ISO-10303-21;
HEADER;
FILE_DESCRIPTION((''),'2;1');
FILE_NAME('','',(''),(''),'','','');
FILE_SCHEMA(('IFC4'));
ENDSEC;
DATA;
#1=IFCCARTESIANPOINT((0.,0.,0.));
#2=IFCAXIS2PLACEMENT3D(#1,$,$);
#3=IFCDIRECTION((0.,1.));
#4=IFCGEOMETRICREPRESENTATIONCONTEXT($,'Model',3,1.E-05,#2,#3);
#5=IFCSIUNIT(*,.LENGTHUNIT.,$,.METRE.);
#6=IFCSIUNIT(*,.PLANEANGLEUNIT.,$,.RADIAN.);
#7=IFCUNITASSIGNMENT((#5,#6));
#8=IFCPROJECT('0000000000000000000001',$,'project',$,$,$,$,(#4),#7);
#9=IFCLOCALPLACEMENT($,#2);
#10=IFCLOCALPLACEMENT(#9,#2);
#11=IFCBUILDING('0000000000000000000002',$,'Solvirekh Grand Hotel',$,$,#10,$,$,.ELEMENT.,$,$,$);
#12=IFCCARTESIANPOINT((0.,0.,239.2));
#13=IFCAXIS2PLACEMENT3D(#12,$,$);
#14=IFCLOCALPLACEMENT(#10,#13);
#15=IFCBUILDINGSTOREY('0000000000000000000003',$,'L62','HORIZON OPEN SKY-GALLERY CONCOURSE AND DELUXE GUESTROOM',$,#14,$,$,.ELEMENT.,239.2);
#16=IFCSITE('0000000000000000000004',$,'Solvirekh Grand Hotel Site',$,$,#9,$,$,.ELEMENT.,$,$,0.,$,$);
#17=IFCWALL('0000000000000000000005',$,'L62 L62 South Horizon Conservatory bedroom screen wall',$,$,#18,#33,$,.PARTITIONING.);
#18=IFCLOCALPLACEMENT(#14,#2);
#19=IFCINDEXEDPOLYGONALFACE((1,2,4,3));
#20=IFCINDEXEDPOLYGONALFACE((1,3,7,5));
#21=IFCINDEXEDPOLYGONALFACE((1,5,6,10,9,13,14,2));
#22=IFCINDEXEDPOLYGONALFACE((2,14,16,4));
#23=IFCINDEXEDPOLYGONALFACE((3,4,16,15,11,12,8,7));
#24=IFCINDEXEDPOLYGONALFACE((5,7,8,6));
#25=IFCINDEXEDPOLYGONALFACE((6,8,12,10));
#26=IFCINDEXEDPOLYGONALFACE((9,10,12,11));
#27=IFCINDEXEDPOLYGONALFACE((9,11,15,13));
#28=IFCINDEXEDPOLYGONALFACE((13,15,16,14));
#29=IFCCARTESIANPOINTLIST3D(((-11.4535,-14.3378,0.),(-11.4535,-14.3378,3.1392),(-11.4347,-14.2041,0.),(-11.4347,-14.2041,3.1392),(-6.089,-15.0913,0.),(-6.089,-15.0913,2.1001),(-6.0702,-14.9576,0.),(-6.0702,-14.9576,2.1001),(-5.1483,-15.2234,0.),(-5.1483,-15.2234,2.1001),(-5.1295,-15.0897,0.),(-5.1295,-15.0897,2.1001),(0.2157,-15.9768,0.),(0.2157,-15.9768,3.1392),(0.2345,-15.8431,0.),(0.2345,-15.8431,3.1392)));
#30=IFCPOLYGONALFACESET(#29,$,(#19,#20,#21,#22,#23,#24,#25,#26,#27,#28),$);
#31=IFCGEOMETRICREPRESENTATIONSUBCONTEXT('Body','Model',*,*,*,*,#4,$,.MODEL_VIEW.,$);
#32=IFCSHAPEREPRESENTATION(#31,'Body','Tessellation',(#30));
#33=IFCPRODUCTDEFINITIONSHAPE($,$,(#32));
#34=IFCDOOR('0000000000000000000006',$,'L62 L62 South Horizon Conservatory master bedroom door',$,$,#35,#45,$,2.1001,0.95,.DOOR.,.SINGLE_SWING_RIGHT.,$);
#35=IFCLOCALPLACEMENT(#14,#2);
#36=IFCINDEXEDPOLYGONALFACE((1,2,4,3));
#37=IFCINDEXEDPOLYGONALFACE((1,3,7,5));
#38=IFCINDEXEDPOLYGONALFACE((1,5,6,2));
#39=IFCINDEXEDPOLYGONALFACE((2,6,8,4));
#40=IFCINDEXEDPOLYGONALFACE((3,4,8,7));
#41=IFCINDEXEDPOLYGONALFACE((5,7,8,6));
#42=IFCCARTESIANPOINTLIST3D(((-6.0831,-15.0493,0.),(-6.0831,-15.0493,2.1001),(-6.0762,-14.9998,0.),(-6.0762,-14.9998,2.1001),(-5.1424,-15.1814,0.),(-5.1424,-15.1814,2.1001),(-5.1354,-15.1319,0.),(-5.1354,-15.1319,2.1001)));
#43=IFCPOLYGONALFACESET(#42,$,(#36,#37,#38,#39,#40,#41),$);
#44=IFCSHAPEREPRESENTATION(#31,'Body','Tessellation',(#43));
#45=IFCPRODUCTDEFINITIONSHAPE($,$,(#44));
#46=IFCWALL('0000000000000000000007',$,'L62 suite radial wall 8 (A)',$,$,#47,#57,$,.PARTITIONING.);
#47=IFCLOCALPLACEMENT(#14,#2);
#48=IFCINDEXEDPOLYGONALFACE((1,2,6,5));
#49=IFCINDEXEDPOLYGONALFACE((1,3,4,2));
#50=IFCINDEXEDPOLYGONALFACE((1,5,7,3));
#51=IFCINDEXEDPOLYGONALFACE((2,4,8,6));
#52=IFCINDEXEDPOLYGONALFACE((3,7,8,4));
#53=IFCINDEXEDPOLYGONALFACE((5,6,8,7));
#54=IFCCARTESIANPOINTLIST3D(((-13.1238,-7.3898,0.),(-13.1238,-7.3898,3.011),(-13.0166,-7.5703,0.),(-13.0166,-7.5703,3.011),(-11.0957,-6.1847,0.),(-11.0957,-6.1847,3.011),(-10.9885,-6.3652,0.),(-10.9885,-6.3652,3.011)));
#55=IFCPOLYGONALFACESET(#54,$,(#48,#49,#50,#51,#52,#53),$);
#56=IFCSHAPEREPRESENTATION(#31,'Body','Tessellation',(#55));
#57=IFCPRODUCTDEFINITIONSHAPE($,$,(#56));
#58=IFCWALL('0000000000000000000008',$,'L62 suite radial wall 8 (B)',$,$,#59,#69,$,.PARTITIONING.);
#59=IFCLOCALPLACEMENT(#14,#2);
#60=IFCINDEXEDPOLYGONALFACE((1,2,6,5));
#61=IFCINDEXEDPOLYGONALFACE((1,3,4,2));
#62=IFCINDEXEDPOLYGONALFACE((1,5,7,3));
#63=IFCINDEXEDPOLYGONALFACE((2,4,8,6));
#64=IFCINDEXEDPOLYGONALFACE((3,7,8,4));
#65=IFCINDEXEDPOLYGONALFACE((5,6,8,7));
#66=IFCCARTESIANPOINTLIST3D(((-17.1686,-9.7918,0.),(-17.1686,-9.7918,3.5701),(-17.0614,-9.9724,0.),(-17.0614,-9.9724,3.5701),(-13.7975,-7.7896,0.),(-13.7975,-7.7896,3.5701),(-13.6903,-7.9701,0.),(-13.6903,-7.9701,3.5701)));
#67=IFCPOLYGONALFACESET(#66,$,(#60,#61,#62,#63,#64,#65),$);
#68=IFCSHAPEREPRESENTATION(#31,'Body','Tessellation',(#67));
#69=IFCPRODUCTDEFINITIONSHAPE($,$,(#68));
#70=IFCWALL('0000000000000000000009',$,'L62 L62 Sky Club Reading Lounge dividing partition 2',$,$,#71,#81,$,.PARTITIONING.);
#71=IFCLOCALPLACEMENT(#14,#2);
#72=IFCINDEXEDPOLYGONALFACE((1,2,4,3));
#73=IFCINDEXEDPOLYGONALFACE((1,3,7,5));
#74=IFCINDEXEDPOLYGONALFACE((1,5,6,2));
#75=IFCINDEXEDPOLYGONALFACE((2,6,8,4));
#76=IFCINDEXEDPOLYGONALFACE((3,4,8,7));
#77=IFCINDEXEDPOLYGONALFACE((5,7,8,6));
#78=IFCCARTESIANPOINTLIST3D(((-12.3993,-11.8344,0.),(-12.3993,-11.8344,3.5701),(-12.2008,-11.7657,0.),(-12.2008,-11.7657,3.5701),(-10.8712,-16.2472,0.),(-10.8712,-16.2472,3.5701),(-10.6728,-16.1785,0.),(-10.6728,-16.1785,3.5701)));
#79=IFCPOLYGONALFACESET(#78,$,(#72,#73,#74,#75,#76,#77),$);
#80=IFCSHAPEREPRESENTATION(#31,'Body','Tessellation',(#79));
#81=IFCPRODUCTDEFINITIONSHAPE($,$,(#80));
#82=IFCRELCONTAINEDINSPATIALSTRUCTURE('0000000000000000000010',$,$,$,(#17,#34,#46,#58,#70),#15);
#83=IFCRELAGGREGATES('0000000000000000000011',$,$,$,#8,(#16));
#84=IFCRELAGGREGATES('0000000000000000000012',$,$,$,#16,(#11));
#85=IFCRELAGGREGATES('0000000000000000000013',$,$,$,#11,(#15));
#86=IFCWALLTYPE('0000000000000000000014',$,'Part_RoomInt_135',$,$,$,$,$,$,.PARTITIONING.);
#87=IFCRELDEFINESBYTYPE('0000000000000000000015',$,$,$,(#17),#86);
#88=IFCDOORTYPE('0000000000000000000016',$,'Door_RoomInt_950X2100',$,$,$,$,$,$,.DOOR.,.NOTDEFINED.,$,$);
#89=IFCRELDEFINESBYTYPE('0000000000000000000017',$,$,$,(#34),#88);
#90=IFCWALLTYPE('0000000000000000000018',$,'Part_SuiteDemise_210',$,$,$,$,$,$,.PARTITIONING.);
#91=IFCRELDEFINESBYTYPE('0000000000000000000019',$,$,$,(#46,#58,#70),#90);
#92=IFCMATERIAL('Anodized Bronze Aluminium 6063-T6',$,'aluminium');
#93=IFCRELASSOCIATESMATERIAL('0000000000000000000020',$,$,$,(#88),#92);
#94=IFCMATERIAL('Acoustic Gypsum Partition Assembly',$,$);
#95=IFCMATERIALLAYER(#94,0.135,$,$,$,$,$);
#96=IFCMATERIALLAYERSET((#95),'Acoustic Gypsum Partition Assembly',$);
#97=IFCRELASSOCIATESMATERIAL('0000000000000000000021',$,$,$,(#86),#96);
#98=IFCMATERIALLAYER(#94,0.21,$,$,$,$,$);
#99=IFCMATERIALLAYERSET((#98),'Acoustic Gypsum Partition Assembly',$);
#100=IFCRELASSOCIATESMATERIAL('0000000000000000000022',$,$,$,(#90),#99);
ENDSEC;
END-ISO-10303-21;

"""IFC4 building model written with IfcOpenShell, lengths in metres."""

from ifc_helpers import new_model, si_unit, direction, frame, frame_2d, origin, place, context, subcontext, project, spatial, rectangle, extrude, material, layer, layer_set, type_object, element, fill, save


model = new_model("IFC4")

# Units and contexts
model_context = context("Model", 3, precision=1e-05, world=origin(), true_north=direction((0.0, 1.0)))
body_context = subcontext(model_context, "Body", "Model", "MODEL_VIEW")
ifc_project = project(units=[si_unit("LENGTHUNIT", "METRE"), si_unit("PLANEANGLEUNIT", "RADIAN")], contexts=[model_context])

# Site, building, storey
site_placement = place(None, origin())
site = spatial("IfcSite", under=ifc_project, at=site_placement, Name="Solvirekh Grand Hotel Site", CompositionType="ELEMENT", RefElevation=0.0)
building_placement = place(site_placement, origin())
building = spatial("IfcBuilding", under=site, at=building_placement, Name="Solvirekh Grand Hotel", CompositionType="ELEMENT")
storey_placement = place(building_placement, frame((0.0, 0.0, 239.2)))
storey = spatial("IfcBuildingStorey", under=building, at=storey_placement, Name="L62", Description="HORIZON OPEN SKY-GALLERY CONCOURSE AND DELUXE GUESTROOM", CompositionType="ELEMENT", Elevation=239.2)

# Shared definitions
ifc_material_1 = material(Name="Anodized Bronze Aluminium 6063-T6", Category="aluminium")

# Wall, opening, door
ifc_material_2 = material(Name="Acoustic Gypsum Partition Assembly")
door_type_1 = type_object("IfcDoorType", Name="Door_RoomInt_950X2100", OperationType="NOTDEFINED", PredefinedType="DOOR", material=ifc_material_1)
ifc_layer_1 = layer(ifc_material_2, 0.135)
ifc_layer_set_1 = layer_set([ifc_layer_1], Name="Acoustic Gypsum Partition Assembly")
wall_type_1 = type_object("IfcWallType", Name="Part_RoomInt_135", PredefinedType="PARTITIONING", material=ifc_layer_set_1)
wall_1_placement = place(storey_placement, frame((-11.4441, -14.271, 0.0), z_axis=(0.0, 0.0, 1.0), x_axis=(0.990281, -0.139083, 0.0)))
wall_1 = element("IfcWall", 1, at=wall_1_placement, inside=storey, type_object=wall_type_1, Name="L62 L62 South Horizon Conservatory bedroom screen wall", PredefinedType="PARTITIONING", context=body_context, shape_type="SweptSolid", body=[
    extrude(rectangle(XDim=11.7837, YDim=0.135, at=frame_2d((5.8918, 0.0))), origin(), (0.0, 0.0, 1.0), 3.1392),
])
opening_1_placement = place(wall_1_placement, frame((5.417, 0.0, 0.0)))
opening_1 = element("IfcOpeningElement", 2, at=opening_1_placement, cuts=wall_1, PredefinedType="OPENING", context=body_context, shape_type="SweptSolid", body=[
    extrude(rectangle(XDim=0.95, YDim=2.1001, at=frame_2d((0.4751, 1.05))), frame((0.0, 0.0776, 0.0), z_axis=(0.0, -1.0, 0.0), x_axis=(1.0, 0.0, 0.0)), (0.0, 0.0, 1.0), 0.155),
])
door_1_placement = place(opening_1_placement, origin())
door_1 = element("IfcDoor", 3, at=door_1_placement, inside=storey, type_object=door_type_1, Name="L62 L62 South Horizon Conservatory master bedroom door", OperationType="SINGLE_SWING_RIGHT", OverallHeight=2.1001, OverallWidth=0.95, PredefinedType="DOOR", context=body_context, shape_type="SweptSolid", body=[
    extrude(rectangle(XDim=0.95, YDim=2.1001, at=frame_2d((0.4751, 1.05))), frame((0.0, 0.0249, 0.0), z_axis=(0.0, -1.0, 0.0), x_axis=(1.0, 0.0, 0.0)), (0.0, 0.0, 1.0), 0.05),
])
fill(opening_1, door_1)

# Walls
ifc_layer_2 = layer(ifc_material_2, 0.21)
ifc_layer_set_2 = layer_set([ifc_layer_2], Name="Acoustic Gypsum Partition Assembly")
wall_type_2 = type_object("IfcWallType", Name="Part_SuiteDemise_210", PredefinedType="PARTITIONING", material=ifc_layer_set_2)
wall_2_placement = place(storey_placement, frame((-11.042, -6.2749, 0.0), z_axis=(0.0, 0.0, 1.0), x_axis=(-0.859686, -0.510823, 0.0)))
element("IfcWall", 4, at=wall_2_placement, inside=storey, type_object=wall_type_2, Name="L62 suite radial wall 8 (A)", PredefinedType="PARTITIONING", context=body_context, shape_type="SweptSolid", body=[
    extrude(rectangle(XDim=2.3591, YDim=0.21, at=frame_2d((1.1797, 0.0))), origin(), (0.0, 0.0, 1.0), 3.011),
])
wall_3_placement = place(storey_placement, frame((-13.7439, -7.8799, 0.0), z_axis=(0.0, 0.0, 1.0), x_axis=(-0.859786, -0.510654, 0.0)))
element("IfcWall", 5, at=wall_3_placement, inside=storey, type_object=wall_type_2, Name="L62 suite radial wall 8 (B)", PredefinedType="PARTITIONING", context=body_context, shape_type="SweptSolid", body=[
    extrude(rectangle(XDim=3.9209, YDim=0.21, at=frame_2d((1.9604, 0.0))), origin(), (0.0, 0.0, 1.0), 3.5701),
])
wall_4_placement = place(storey_placement, frame((-12.3, -11.8, 0.0), z_axis=(0.0, 0.0, 1.0), x_axis=(0.327217, -0.944949, 0.0)))
element("IfcWall", 6, at=wall_4_placement, inside=storey, type_object=wall_type_2, Name="L62 L62 Sky Club Reading Lounge dividing partition 2", PredefinedType="PARTITIONING", context=body_context, shape_type="SweptSolid", body=[
    extrude(rectangle(XDim=4.6699, YDim=0.21, at=frame_2d((2.335, 0.0))), origin(), (0.0, 0.0, 1.0), 3.5701),
])

save(model, "model.ifc")
